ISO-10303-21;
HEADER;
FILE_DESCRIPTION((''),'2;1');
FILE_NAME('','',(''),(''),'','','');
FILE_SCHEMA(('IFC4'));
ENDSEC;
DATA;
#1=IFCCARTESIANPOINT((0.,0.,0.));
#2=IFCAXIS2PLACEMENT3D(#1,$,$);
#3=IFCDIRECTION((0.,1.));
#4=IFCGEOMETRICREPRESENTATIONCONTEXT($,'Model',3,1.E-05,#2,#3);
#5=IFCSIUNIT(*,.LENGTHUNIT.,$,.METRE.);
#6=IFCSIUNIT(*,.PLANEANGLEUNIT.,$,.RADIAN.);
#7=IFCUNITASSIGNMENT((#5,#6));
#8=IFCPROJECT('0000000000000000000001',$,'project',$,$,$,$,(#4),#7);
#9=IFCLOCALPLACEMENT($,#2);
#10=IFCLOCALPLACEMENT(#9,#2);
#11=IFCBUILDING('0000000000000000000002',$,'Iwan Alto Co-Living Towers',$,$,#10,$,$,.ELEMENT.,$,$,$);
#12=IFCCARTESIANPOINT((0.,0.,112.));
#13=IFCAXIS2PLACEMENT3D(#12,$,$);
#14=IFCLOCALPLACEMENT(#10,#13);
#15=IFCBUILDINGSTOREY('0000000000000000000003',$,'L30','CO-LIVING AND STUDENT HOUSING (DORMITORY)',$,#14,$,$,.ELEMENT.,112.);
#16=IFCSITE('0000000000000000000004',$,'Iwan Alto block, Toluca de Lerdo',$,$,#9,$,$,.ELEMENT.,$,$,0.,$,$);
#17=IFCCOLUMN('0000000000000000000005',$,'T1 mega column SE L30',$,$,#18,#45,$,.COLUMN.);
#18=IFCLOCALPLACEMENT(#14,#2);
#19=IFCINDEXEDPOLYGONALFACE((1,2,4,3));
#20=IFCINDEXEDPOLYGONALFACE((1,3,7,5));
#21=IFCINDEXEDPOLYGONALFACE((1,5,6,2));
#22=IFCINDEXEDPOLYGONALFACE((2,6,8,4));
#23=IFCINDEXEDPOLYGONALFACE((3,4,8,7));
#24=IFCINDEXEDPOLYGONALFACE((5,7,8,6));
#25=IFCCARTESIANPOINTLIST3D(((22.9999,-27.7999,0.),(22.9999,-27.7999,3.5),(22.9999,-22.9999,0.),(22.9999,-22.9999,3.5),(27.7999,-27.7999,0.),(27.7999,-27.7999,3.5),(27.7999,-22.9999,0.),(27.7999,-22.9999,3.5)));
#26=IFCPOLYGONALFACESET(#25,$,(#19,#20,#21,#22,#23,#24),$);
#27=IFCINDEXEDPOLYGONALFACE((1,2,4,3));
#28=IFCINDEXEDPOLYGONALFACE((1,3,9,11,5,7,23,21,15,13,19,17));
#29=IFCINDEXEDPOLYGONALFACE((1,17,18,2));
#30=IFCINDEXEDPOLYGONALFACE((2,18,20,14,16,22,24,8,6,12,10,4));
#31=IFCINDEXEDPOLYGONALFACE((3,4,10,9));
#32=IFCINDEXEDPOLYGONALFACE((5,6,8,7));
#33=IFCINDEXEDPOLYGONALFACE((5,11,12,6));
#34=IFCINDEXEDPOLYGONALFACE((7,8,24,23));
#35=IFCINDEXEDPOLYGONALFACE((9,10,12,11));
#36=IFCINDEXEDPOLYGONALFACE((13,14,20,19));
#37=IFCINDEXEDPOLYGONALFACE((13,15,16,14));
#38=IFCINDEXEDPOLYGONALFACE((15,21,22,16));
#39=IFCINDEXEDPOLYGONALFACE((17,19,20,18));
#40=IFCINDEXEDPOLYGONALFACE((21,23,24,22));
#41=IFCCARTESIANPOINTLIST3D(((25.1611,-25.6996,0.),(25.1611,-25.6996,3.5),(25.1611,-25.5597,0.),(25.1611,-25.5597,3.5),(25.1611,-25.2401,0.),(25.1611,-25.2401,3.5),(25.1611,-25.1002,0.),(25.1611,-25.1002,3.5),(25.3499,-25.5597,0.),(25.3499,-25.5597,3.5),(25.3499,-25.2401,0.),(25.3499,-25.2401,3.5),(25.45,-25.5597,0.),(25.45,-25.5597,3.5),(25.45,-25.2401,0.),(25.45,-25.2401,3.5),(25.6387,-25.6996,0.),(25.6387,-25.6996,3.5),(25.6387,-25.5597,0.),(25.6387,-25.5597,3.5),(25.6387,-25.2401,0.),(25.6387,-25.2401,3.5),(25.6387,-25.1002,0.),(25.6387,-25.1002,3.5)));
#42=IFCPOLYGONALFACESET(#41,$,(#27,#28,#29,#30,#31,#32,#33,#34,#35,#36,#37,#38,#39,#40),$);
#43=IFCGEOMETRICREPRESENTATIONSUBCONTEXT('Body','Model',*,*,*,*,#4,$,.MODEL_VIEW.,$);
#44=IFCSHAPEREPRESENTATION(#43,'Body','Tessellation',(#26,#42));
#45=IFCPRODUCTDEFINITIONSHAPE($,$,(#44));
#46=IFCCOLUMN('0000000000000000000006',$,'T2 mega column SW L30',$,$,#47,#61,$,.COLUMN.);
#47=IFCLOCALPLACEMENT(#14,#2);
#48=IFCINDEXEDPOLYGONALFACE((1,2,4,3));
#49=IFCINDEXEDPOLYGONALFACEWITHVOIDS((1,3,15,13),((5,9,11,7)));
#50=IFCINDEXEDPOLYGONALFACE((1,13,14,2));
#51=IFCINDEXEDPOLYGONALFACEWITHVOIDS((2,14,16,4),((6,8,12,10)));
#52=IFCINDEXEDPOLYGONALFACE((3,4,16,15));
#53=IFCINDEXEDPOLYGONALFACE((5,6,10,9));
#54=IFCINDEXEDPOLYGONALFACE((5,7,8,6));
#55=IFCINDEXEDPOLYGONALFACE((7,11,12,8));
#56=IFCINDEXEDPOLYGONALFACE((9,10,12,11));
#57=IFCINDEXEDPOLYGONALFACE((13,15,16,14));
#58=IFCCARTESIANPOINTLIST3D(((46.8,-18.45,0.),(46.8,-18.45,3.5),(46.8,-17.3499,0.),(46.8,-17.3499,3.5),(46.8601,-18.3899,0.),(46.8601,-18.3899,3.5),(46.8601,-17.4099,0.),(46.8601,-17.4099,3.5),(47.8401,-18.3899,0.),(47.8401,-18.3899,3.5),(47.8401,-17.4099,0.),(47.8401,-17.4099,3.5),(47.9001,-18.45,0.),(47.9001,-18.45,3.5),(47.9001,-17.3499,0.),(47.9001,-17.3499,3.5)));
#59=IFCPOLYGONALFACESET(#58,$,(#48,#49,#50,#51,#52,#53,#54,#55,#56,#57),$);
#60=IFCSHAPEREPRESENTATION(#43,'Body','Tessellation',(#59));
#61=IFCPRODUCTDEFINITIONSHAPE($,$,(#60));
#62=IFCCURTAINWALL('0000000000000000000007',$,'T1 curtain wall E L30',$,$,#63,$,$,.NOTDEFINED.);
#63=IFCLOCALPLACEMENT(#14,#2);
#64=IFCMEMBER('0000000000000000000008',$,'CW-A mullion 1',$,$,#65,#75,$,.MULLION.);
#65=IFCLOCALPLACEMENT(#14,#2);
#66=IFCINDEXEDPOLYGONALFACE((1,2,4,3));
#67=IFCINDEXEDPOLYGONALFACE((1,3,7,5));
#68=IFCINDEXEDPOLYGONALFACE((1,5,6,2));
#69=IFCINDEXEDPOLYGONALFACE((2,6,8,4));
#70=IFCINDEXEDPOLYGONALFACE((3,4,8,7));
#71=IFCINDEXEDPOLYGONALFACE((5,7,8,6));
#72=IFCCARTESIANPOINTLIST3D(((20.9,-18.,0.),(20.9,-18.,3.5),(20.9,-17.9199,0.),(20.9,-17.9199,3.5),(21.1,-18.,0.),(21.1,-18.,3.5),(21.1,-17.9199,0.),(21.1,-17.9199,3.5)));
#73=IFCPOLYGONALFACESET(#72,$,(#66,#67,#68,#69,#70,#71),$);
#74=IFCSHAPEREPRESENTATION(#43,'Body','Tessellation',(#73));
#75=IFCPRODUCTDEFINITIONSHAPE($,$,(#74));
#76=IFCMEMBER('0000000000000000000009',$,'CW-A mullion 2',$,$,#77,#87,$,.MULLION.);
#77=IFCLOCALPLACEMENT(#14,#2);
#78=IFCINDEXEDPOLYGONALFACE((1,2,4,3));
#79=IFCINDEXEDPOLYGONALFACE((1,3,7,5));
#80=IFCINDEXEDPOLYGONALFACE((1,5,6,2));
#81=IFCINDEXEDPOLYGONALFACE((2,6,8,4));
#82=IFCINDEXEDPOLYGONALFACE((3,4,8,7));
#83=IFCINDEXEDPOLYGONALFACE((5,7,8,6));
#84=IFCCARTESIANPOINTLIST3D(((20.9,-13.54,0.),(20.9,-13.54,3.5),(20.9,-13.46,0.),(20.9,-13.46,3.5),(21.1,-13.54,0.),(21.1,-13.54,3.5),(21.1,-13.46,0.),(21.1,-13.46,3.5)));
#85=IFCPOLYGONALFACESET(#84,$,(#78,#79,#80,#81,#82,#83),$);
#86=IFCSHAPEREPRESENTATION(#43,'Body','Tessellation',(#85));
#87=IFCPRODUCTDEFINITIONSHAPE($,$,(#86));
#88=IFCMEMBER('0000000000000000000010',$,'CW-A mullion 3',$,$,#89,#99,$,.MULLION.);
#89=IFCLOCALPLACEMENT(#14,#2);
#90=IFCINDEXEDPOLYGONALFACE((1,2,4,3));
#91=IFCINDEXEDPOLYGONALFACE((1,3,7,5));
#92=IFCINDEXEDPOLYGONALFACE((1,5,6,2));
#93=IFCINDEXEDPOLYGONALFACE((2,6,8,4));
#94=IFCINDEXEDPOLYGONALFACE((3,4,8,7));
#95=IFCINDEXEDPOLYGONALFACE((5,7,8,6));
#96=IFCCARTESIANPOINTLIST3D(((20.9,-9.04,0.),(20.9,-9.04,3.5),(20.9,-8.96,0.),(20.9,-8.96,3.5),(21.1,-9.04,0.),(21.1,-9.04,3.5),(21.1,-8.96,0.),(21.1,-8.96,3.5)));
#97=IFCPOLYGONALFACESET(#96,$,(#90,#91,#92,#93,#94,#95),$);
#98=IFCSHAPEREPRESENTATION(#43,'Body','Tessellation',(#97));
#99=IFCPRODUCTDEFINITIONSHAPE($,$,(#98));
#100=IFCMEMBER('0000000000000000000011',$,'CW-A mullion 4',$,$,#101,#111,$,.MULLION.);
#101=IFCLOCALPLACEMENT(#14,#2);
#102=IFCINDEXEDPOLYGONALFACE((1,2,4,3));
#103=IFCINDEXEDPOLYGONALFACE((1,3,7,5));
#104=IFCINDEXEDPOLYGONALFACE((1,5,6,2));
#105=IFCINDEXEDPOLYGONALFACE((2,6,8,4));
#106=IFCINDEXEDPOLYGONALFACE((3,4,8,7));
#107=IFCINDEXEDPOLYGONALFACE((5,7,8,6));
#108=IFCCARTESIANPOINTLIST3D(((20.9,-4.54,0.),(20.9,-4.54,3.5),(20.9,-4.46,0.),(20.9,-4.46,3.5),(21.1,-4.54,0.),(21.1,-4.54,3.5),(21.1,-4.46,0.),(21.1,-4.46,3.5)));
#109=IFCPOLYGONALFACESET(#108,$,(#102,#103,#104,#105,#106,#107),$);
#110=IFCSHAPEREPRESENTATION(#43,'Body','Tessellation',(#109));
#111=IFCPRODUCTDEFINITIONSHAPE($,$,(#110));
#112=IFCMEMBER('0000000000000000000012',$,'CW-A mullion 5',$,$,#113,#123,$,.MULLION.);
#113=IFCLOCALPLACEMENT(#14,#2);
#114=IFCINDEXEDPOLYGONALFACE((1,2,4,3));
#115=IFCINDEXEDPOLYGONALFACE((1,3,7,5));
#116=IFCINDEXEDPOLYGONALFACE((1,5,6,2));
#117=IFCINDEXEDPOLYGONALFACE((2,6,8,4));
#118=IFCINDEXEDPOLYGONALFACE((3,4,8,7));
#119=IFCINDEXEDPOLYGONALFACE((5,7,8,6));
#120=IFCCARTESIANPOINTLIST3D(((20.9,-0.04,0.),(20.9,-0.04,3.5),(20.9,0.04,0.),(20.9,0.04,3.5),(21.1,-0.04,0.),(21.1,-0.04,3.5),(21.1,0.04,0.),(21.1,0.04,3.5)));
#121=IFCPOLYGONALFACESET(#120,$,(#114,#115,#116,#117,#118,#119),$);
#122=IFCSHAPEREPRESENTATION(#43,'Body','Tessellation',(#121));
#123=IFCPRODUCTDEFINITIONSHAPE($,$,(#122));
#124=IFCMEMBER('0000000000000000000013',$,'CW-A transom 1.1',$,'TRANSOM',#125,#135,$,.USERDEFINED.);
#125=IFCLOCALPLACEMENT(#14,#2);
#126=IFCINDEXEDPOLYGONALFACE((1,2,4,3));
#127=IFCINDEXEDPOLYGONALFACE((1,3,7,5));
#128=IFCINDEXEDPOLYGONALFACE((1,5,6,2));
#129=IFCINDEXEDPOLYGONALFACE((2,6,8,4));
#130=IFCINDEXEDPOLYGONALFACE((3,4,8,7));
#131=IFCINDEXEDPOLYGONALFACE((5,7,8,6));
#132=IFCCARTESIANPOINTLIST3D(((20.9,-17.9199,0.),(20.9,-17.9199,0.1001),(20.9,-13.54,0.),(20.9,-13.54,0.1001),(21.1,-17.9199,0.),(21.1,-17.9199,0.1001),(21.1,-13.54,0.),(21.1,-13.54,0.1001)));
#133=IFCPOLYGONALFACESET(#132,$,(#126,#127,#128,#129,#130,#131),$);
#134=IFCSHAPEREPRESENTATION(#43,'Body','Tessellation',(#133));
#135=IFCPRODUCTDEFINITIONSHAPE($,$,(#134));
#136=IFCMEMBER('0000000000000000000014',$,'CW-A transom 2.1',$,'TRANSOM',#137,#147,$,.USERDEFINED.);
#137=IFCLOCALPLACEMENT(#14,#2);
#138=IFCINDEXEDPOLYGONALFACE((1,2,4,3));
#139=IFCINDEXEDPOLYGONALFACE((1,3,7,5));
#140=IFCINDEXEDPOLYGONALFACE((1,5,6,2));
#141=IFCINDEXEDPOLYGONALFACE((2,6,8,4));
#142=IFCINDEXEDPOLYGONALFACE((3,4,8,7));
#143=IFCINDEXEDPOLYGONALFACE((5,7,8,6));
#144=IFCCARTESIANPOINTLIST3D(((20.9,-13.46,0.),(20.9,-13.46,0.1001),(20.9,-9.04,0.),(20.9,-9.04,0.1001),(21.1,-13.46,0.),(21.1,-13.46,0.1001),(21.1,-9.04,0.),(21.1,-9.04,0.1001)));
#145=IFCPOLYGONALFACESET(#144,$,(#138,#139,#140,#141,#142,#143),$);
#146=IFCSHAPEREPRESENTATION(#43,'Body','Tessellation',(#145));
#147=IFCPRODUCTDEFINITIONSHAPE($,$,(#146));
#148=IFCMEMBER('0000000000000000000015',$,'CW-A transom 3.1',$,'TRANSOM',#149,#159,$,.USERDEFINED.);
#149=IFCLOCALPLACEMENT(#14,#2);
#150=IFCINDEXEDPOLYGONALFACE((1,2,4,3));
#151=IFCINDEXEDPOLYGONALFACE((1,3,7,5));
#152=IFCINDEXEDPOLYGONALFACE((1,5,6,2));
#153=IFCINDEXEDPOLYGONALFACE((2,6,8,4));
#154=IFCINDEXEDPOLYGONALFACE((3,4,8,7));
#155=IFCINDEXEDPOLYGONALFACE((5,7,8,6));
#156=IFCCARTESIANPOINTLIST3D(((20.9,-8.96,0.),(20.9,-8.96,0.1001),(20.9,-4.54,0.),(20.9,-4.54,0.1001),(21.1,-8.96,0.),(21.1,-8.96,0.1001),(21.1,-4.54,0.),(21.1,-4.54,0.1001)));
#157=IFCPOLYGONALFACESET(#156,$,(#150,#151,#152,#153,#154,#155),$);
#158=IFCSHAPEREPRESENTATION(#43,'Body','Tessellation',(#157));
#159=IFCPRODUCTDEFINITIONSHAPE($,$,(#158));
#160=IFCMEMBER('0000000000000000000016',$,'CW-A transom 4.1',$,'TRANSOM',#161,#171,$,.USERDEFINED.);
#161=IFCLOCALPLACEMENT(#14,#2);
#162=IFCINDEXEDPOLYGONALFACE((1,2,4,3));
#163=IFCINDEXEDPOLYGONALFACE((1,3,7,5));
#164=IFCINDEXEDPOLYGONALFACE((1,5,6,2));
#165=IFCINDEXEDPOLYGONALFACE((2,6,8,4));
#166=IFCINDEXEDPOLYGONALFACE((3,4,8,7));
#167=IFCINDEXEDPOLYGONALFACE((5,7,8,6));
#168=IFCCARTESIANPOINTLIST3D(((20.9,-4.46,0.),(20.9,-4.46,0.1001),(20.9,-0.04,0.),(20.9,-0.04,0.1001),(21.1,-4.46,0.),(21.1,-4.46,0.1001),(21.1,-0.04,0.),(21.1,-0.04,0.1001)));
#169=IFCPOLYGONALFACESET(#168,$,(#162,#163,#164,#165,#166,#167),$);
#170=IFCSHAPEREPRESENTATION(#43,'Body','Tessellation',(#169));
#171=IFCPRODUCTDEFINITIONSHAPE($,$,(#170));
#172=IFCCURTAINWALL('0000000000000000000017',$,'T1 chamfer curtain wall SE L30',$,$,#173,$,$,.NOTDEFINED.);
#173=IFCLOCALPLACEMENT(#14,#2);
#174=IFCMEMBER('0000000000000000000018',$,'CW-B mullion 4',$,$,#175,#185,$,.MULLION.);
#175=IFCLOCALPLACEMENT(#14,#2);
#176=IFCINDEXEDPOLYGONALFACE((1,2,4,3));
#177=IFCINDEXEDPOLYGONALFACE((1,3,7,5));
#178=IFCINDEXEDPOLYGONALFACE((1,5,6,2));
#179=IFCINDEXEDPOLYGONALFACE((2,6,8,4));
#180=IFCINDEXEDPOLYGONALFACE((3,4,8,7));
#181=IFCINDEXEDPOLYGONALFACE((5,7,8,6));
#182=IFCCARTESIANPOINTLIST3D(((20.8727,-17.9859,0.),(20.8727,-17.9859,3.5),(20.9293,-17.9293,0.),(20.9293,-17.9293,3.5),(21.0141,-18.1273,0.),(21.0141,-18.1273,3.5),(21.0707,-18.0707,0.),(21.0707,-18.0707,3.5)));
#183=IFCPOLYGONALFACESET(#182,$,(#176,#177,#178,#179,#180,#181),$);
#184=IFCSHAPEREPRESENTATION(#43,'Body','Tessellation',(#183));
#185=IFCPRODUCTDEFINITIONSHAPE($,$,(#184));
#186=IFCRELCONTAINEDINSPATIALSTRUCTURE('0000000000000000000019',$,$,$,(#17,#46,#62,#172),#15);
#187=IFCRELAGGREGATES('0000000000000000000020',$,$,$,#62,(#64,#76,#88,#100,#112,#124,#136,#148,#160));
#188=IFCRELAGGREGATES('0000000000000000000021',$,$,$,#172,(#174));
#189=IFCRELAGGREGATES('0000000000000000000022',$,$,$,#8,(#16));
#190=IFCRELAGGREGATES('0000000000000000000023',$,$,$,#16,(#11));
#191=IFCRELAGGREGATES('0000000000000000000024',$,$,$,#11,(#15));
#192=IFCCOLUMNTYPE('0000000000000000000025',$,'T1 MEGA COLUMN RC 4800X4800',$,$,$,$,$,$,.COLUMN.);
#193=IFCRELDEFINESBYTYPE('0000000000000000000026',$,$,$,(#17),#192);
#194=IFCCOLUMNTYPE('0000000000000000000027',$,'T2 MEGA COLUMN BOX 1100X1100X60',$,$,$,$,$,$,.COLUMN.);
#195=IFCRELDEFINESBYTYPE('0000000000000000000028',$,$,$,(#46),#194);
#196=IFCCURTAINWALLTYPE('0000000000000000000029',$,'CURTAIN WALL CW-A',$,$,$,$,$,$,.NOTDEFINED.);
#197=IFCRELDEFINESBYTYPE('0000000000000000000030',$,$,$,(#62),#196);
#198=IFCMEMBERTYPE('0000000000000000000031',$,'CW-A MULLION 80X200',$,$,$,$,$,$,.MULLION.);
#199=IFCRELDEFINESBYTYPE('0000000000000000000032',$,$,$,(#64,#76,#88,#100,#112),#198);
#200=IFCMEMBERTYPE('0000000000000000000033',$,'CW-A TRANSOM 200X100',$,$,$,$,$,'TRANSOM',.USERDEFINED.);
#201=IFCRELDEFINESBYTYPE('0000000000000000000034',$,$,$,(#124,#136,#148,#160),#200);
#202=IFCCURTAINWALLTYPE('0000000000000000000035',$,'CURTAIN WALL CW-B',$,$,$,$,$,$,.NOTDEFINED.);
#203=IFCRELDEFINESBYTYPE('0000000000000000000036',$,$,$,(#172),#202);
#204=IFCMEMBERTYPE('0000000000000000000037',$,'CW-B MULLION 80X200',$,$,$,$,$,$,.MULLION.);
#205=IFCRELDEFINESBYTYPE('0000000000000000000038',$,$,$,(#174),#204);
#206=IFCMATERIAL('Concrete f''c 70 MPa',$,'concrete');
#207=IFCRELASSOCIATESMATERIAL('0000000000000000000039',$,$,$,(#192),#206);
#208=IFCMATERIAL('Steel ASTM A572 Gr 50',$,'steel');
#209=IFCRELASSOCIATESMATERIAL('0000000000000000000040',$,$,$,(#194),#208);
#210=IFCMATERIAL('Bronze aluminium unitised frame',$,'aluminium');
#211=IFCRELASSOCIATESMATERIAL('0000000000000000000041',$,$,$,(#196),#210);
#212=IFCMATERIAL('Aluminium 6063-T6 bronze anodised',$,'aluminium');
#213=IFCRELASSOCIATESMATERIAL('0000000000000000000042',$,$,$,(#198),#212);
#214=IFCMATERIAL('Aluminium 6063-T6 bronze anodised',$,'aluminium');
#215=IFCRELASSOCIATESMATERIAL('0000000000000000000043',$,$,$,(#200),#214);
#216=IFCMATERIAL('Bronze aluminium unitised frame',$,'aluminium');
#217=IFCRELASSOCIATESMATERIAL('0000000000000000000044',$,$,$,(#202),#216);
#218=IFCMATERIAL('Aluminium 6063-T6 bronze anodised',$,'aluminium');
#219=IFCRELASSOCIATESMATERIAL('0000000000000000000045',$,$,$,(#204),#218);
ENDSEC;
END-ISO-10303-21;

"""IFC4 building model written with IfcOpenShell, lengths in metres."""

from ifc_helpers import new_model, si_unit, direction, frame, origin, origin_2d, place, context, subcontext, project, spatial, rectangle, hollow_rectangle, i_section, extrude, material, material_profile, profile_set, type_object, element, aggregate, save


model = new_model("IFC4")

# Units and contexts
model_context = context("Model", 3, precision=1e-05, world=origin(), true_north=direction((0.0, 1.0)))
body_context = subcontext(model_context, "Body", "Model", "MODEL_VIEW")
ifc_project = project(units=[si_unit("LENGTHUNIT", "METRE"), si_unit("PLANEANGLEUNIT", "RADIAN")], contexts=[model_context])

# Site, building, storey
site_placement = place(None, origin())
site = spatial("IfcSite", under=ifc_project, at=site_placement, Name="Iwan Alto block, Toluca de Lerdo", CompositionType="ELEMENT", RefElevation=0.0)
building_placement = place(site_placement, origin())
building = spatial("IfcBuilding", under=site, at=building_placement, Name="Iwan Alto Co-Living Towers", CompositionType="ELEMENT")
storey_placement = place(building_placement, frame((0.0, 0.0, 112.0)))
storey = spatial("IfcBuildingStorey", under=building, at=storey_placement, Name="L30", Description="CO-LIVING AND STUDENT HOUSING (DORMITORY)", CompositionType="ELEMENT", Elevation=112.0)

# Columns
ifc_material_1 = material(Name="Concrete f'c 70 MPa", Category="concrete")
ifc_material_profile_1 = material_profile(ifc_material_1, rectangle(XDim=4.8, YDim=4.8, at=origin_2d()), Name="RC 4800X4800")
ifc_profile_set_1 = profile_set([ifc_material_profile_1], Name="Concrete f'c 70 MPa")
column_type_1 = type_object("IfcColumnType", Name="T1 MEGA COLUMN RC 4800X4800", PredefinedType="COLUMN", material=ifc_profile_set_1)
column_1_placement = place(storey_placement, frame((25.3999, -25.3999, 0.0), z_axis=(0.0, 0.0, 1.0), x_axis=(1.0, 0.0, 0.0)))
element("IfcColumn", 1, at=column_1_placement, inside=storey, type_object=column_type_1, Name="T1 mega column SE L30", PredefinedType="COLUMN", context=body_context, shape_type="SweptSolid", body=[
    extrude(rectangle(XDim=4.8, YDim=4.8, at=origin_2d()), origin(), (0.0, 0.0, 1.0), 3.5),
    extrude(i_section(OverallWidth=0.4775, OverallDepth=0.5994, WebThickness=0.1001, FlangeThickness=0.1399, at=origin_2d()), origin(), (0.0, 0.0, 1.0), 3.5),
])
ifc_material_2 = material(Name="Steel ASTM A572 Gr 50", Category="steel")
ifc_material_profile_2 = material_profile(ifc_material_2, hollow_rectangle(XDim=1.1001, YDim=1.1001, WallThickness=0.0601, at=origin_2d()), Name="BOX 1100X1100X60")
ifc_profile_set_2 = profile_set([ifc_material_profile_2], Name="Steel ASTM A572 Gr 50")
column_type_2 = type_object("IfcColumnType", Name="T2 MEGA COLUMN BOX 1100X1100X60", PredefinedType="COLUMN", material=ifc_profile_set_2)
column_2_placement = place(storey_placement, frame((47.3501, -17.8999, 0.0), z_axis=(0.0, 0.0, 1.0), x_axis=(1.0, 0.0, 0.0)))
element("IfcColumn", 2, at=column_2_placement, inside=storey, type_object=column_type_2, Name="T2 mega column SW L30", PredefinedType="COLUMN", context=body_context, shape_type="SweptSolid", body=[
    extrude(hollow_rectangle(XDim=1.1001, YDim=1.1001, WallThickness=0.0601, at=origin_2d()), origin(), (0.0, 0.0, 1.0), 3.5),
])

# Curtain wall, members
ifc_material_3 = material(Name="Bronze aluminium unitised frame", Category="aluminium")
curtain_wall_type_1 = type_object("IfcCurtainWallType", Name="CURTAIN WALL CW-A", PredefinedType="NOTDEFINED", material=ifc_material_3)
curtain_wall_1_placement = place(storey_placement, origin())
curtain_wall_1 = element("IfcCurtainWall", 3, at=curtain_wall_1_placement, inside=storey, type_object=curtain_wall_type_1, Name="T1 curtain wall E L30", PredefinedType="NOTDEFINED")
ifc_material_4 = material(Name="Aluminium 6063-T6 bronze anodised", Category="aluminium")
ifc_material_profile_3 = material_profile(ifc_material_4, rectangle(XDim=0.2, YDim=0.0801, at=origin_2d()), Name="AL 80X200")
ifc_profile_set_3 = profile_set([ifc_material_profile_3], Name="Aluminium 6063-T6 bronze anodised")
member_type_1 = type_object("IfcMemberType", Name="CW-A MULLION 80X200", PredefinedType="MULLION", material=ifc_profile_set_3)
member_1_placement = place(storey_placement, frame((21.0, -17.96, 0.0), z_axis=(0.0, 0.0, 1.0), x_axis=(-1.0, 0.0, 0.0)))
member_1 = element("IfcMember", 4, at=member_1_placement, type_object=member_type_1, Name="CW-A mullion 1", PredefinedType="MULLION", context=body_context, shape_type="SweptSolid", body=[
    extrude(rectangle(XDim=0.2, YDim=0.0801, at=origin_2d()), origin(), (0.0, 0.0, 1.0), 3.5),
])
member_2_placement = place(storey_placement, frame((21.0, -13.5, 0.0), z_axis=(0.0, 0.0, 1.0), x_axis=(-1.0, 0.0, 0.0)))
member_2 = element("IfcMember", 5, at=member_2_placement, type_object=member_type_1, Name="CW-A mullion 2", PredefinedType="MULLION", context=body_context, shape_type="SweptSolid", body=[
    extrude(rectangle(XDim=0.2, YDim=0.0801, at=origin_2d()), origin(), (0.0, 0.0, 1.0), 3.5),
])
member_3_placement = place(storey_placement, frame((21.0, -9.0, 0.0), z_axis=(0.0, 0.0, 1.0), x_axis=(-1.0, 0.0, 0.0)))
member_3 = element("IfcMember", 6, at=member_3_placement, type_object=member_type_1, Name="CW-A mullion 3", PredefinedType="MULLION", context=body_context, shape_type="SweptSolid", body=[
    extrude(rectangle(XDim=0.2, YDim=0.0801, at=origin_2d()), origin(), (0.0, 0.0, 1.0), 3.5),
])
member_4_placement = place(storey_placement, frame((21.0, -4.5, 0.0), z_axis=(0.0, 0.0, 1.0), x_axis=(-1.0, 0.0, 0.0)))
member_4 = element("IfcMember", 7, at=member_4_placement, type_object=member_type_1, Name="CW-A mullion 4", PredefinedType="MULLION", context=body_context, shape_type="SweptSolid", body=[
    extrude(rectangle(XDim=0.2, YDim=0.0801, at=origin_2d()), origin(), (0.0, 0.0, 1.0), 3.5),
])
member_5_placement = place(storey_placement, frame((21.0, 0.0, 0.0), z_axis=(0.0, 0.0, 1.0), x_axis=(-1.0, 0.0, 0.0)))
member_5 = element("IfcMember", 8, at=member_5_placement, type_object=member_type_1, Name="CW-A mullion 5", PredefinedType="MULLION", context=body_context, shape_type="SweptSolid", body=[
    extrude(rectangle(XDim=0.2, YDim=0.0801, at=origin_2d()), origin(), (0.0, 0.0, 1.0), 3.5),
])
ifc_material_5 = material(Name="Aluminium 6063-T6 bronze anodised", Category="aluminium")
ifc_material_profile_4 = material_profile(ifc_material_5, rectangle(XDim=0.2, YDim=0.1001, at=origin_2d()), Name="AL 200X100")
ifc_profile_set_4 = profile_set([ifc_material_profile_4], Name="Aluminium 6063-T6 bronze anodised")
member_type_2 = type_object("IfcMemberType", Name="CW-A TRANSOM 200X100", ElementType="TRANSOM", PredefinedType="USERDEFINED", material=ifc_profile_set_4)
member_6_placement = place(storey_placement, frame((21.0, -17.9199, 0.05), z_axis=(0.0, 1.0, 0.0), x_axis=(-1.0, 0.0, 0.0)))
member_6 = element("IfcMember", 9, at=member_6_placement, type_object=member_type_2, Name="CW-A transom 1.1", ObjectType="TRANSOM", PredefinedType="USERDEFINED", context=body_context, shape_type="SweptSolid", body=[
    extrude(rectangle(XDim=0.2, YDim=0.1001, at=origin_2d()), origin(), (0.0, 0.0, 1.0), 4.3799),
])
member_7_placement = place(storey_placement, frame((21.0, -13.46, 0.05), z_axis=(0.0, 1.0, 0.0), x_axis=(-1.0, 0.0, 0.0)))
member_7 = element("IfcMember", 10, at=member_7_placement, type_object=member_type_2, Name="CW-A transom 2.1", ObjectType="TRANSOM", PredefinedType="USERDEFINED", context=body_context, shape_type="SweptSolid", body=[
    extrude(rectangle(XDim=0.2, YDim=0.1001, at=origin_2d()), origin(), (0.0, 0.0, 1.0), 4.4199),
])
member_8_placement = place(storey_placement, frame((21.0, -8.96, 0.05), z_axis=(0.0, 1.0, 0.0), x_axis=(-1.0, 0.0, 0.0)))
member_8 = element("IfcMember", 11, at=member_8_placement, type_object=member_type_2, Name="CW-A transom 3.1", ObjectType="TRANSOM", PredefinedType="USERDEFINED", context=body_context, shape_type="SweptSolid", body=[
    extrude(rectangle(XDim=0.2, YDim=0.1001, at=origin_2d()), origin(), (0.0, 0.0, 1.0), 4.4199),
])
member_9_placement = place(storey_placement, frame((21.0, -4.46, 0.05), z_axis=(0.0, 1.0, 0.0), x_axis=(-1.0, 0.0, 0.0)))
member_9 = element("IfcMember", 12, at=member_9_placement, type_object=member_type_2, Name="CW-A transom 4.1", ObjectType="TRANSOM", PredefinedType="USERDEFINED", context=body_context, shape_type="SweptSolid", body=[
    extrude(rectangle(XDim=0.2, YDim=0.1001, at=origin_2d()), origin(), (0.0, 0.0, 1.0), 4.4199),
])

# Curtain wall, member
ifc_material_6 = material(Name="Bronze aluminium unitised frame", Category="aluminium")
curtain_wall_type_2 = type_object("IfcCurtainWallType", Name="CURTAIN WALL CW-B", PredefinedType="NOTDEFINED", material=ifc_material_6)
curtain_wall_2_placement = place(storey_placement, origin())
curtain_wall_2 = element("IfcCurtainWall", 13, at=curtain_wall_2_placement, inside=storey, type_object=curtain_wall_type_2, Name="T1 chamfer curtain wall SE L30", PredefinedType="NOTDEFINED")
ifc_material_7 = material(Name="Aluminium 6063-T6 bronze anodised", Category="aluminium")
ifc_material_profile_5 = material_profile(ifc_material_7, rectangle(XDim=0.2, YDim=0.0801, at=origin_2d()), Name="AL 80X200")
ifc_profile_set_5 = profile_set([ifc_material_profile_5], Name="Aluminium 6063-T6 bronze anodised")
member_type_3 = type_object("IfcMemberType", Name="CW-B MULLION 80X200", PredefinedType="MULLION", material=ifc_profile_set_5)
member_10_placement = place(storey_placement, frame((20.9717, -18.0283, 0.0), z_axis=(0.0, 0.0, 1.0), x_axis=(-0.707107, 0.707107, 0.0)))
member_10 = element("IfcMember", 14, at=member_10_placement, type_object=member_type_3, Name="CW-B mullion 4", PredefinedType="MULLION", context=body_context, shape_type="SweptSolid", body=[
    extrude(rectangle(XDim=0.2, YDim=0.0801, at=origin_2d()), origin(), (0.0, 0.0, 1.0), 3.5),
])

aggregate(curtain_wall_1, [member_1, member_2, member_3, member_4, member_5, member_6, member_7, member_8, member_9])
aggregate(curtain_wall_2, [member_10])

save(model, "model.ifc")
